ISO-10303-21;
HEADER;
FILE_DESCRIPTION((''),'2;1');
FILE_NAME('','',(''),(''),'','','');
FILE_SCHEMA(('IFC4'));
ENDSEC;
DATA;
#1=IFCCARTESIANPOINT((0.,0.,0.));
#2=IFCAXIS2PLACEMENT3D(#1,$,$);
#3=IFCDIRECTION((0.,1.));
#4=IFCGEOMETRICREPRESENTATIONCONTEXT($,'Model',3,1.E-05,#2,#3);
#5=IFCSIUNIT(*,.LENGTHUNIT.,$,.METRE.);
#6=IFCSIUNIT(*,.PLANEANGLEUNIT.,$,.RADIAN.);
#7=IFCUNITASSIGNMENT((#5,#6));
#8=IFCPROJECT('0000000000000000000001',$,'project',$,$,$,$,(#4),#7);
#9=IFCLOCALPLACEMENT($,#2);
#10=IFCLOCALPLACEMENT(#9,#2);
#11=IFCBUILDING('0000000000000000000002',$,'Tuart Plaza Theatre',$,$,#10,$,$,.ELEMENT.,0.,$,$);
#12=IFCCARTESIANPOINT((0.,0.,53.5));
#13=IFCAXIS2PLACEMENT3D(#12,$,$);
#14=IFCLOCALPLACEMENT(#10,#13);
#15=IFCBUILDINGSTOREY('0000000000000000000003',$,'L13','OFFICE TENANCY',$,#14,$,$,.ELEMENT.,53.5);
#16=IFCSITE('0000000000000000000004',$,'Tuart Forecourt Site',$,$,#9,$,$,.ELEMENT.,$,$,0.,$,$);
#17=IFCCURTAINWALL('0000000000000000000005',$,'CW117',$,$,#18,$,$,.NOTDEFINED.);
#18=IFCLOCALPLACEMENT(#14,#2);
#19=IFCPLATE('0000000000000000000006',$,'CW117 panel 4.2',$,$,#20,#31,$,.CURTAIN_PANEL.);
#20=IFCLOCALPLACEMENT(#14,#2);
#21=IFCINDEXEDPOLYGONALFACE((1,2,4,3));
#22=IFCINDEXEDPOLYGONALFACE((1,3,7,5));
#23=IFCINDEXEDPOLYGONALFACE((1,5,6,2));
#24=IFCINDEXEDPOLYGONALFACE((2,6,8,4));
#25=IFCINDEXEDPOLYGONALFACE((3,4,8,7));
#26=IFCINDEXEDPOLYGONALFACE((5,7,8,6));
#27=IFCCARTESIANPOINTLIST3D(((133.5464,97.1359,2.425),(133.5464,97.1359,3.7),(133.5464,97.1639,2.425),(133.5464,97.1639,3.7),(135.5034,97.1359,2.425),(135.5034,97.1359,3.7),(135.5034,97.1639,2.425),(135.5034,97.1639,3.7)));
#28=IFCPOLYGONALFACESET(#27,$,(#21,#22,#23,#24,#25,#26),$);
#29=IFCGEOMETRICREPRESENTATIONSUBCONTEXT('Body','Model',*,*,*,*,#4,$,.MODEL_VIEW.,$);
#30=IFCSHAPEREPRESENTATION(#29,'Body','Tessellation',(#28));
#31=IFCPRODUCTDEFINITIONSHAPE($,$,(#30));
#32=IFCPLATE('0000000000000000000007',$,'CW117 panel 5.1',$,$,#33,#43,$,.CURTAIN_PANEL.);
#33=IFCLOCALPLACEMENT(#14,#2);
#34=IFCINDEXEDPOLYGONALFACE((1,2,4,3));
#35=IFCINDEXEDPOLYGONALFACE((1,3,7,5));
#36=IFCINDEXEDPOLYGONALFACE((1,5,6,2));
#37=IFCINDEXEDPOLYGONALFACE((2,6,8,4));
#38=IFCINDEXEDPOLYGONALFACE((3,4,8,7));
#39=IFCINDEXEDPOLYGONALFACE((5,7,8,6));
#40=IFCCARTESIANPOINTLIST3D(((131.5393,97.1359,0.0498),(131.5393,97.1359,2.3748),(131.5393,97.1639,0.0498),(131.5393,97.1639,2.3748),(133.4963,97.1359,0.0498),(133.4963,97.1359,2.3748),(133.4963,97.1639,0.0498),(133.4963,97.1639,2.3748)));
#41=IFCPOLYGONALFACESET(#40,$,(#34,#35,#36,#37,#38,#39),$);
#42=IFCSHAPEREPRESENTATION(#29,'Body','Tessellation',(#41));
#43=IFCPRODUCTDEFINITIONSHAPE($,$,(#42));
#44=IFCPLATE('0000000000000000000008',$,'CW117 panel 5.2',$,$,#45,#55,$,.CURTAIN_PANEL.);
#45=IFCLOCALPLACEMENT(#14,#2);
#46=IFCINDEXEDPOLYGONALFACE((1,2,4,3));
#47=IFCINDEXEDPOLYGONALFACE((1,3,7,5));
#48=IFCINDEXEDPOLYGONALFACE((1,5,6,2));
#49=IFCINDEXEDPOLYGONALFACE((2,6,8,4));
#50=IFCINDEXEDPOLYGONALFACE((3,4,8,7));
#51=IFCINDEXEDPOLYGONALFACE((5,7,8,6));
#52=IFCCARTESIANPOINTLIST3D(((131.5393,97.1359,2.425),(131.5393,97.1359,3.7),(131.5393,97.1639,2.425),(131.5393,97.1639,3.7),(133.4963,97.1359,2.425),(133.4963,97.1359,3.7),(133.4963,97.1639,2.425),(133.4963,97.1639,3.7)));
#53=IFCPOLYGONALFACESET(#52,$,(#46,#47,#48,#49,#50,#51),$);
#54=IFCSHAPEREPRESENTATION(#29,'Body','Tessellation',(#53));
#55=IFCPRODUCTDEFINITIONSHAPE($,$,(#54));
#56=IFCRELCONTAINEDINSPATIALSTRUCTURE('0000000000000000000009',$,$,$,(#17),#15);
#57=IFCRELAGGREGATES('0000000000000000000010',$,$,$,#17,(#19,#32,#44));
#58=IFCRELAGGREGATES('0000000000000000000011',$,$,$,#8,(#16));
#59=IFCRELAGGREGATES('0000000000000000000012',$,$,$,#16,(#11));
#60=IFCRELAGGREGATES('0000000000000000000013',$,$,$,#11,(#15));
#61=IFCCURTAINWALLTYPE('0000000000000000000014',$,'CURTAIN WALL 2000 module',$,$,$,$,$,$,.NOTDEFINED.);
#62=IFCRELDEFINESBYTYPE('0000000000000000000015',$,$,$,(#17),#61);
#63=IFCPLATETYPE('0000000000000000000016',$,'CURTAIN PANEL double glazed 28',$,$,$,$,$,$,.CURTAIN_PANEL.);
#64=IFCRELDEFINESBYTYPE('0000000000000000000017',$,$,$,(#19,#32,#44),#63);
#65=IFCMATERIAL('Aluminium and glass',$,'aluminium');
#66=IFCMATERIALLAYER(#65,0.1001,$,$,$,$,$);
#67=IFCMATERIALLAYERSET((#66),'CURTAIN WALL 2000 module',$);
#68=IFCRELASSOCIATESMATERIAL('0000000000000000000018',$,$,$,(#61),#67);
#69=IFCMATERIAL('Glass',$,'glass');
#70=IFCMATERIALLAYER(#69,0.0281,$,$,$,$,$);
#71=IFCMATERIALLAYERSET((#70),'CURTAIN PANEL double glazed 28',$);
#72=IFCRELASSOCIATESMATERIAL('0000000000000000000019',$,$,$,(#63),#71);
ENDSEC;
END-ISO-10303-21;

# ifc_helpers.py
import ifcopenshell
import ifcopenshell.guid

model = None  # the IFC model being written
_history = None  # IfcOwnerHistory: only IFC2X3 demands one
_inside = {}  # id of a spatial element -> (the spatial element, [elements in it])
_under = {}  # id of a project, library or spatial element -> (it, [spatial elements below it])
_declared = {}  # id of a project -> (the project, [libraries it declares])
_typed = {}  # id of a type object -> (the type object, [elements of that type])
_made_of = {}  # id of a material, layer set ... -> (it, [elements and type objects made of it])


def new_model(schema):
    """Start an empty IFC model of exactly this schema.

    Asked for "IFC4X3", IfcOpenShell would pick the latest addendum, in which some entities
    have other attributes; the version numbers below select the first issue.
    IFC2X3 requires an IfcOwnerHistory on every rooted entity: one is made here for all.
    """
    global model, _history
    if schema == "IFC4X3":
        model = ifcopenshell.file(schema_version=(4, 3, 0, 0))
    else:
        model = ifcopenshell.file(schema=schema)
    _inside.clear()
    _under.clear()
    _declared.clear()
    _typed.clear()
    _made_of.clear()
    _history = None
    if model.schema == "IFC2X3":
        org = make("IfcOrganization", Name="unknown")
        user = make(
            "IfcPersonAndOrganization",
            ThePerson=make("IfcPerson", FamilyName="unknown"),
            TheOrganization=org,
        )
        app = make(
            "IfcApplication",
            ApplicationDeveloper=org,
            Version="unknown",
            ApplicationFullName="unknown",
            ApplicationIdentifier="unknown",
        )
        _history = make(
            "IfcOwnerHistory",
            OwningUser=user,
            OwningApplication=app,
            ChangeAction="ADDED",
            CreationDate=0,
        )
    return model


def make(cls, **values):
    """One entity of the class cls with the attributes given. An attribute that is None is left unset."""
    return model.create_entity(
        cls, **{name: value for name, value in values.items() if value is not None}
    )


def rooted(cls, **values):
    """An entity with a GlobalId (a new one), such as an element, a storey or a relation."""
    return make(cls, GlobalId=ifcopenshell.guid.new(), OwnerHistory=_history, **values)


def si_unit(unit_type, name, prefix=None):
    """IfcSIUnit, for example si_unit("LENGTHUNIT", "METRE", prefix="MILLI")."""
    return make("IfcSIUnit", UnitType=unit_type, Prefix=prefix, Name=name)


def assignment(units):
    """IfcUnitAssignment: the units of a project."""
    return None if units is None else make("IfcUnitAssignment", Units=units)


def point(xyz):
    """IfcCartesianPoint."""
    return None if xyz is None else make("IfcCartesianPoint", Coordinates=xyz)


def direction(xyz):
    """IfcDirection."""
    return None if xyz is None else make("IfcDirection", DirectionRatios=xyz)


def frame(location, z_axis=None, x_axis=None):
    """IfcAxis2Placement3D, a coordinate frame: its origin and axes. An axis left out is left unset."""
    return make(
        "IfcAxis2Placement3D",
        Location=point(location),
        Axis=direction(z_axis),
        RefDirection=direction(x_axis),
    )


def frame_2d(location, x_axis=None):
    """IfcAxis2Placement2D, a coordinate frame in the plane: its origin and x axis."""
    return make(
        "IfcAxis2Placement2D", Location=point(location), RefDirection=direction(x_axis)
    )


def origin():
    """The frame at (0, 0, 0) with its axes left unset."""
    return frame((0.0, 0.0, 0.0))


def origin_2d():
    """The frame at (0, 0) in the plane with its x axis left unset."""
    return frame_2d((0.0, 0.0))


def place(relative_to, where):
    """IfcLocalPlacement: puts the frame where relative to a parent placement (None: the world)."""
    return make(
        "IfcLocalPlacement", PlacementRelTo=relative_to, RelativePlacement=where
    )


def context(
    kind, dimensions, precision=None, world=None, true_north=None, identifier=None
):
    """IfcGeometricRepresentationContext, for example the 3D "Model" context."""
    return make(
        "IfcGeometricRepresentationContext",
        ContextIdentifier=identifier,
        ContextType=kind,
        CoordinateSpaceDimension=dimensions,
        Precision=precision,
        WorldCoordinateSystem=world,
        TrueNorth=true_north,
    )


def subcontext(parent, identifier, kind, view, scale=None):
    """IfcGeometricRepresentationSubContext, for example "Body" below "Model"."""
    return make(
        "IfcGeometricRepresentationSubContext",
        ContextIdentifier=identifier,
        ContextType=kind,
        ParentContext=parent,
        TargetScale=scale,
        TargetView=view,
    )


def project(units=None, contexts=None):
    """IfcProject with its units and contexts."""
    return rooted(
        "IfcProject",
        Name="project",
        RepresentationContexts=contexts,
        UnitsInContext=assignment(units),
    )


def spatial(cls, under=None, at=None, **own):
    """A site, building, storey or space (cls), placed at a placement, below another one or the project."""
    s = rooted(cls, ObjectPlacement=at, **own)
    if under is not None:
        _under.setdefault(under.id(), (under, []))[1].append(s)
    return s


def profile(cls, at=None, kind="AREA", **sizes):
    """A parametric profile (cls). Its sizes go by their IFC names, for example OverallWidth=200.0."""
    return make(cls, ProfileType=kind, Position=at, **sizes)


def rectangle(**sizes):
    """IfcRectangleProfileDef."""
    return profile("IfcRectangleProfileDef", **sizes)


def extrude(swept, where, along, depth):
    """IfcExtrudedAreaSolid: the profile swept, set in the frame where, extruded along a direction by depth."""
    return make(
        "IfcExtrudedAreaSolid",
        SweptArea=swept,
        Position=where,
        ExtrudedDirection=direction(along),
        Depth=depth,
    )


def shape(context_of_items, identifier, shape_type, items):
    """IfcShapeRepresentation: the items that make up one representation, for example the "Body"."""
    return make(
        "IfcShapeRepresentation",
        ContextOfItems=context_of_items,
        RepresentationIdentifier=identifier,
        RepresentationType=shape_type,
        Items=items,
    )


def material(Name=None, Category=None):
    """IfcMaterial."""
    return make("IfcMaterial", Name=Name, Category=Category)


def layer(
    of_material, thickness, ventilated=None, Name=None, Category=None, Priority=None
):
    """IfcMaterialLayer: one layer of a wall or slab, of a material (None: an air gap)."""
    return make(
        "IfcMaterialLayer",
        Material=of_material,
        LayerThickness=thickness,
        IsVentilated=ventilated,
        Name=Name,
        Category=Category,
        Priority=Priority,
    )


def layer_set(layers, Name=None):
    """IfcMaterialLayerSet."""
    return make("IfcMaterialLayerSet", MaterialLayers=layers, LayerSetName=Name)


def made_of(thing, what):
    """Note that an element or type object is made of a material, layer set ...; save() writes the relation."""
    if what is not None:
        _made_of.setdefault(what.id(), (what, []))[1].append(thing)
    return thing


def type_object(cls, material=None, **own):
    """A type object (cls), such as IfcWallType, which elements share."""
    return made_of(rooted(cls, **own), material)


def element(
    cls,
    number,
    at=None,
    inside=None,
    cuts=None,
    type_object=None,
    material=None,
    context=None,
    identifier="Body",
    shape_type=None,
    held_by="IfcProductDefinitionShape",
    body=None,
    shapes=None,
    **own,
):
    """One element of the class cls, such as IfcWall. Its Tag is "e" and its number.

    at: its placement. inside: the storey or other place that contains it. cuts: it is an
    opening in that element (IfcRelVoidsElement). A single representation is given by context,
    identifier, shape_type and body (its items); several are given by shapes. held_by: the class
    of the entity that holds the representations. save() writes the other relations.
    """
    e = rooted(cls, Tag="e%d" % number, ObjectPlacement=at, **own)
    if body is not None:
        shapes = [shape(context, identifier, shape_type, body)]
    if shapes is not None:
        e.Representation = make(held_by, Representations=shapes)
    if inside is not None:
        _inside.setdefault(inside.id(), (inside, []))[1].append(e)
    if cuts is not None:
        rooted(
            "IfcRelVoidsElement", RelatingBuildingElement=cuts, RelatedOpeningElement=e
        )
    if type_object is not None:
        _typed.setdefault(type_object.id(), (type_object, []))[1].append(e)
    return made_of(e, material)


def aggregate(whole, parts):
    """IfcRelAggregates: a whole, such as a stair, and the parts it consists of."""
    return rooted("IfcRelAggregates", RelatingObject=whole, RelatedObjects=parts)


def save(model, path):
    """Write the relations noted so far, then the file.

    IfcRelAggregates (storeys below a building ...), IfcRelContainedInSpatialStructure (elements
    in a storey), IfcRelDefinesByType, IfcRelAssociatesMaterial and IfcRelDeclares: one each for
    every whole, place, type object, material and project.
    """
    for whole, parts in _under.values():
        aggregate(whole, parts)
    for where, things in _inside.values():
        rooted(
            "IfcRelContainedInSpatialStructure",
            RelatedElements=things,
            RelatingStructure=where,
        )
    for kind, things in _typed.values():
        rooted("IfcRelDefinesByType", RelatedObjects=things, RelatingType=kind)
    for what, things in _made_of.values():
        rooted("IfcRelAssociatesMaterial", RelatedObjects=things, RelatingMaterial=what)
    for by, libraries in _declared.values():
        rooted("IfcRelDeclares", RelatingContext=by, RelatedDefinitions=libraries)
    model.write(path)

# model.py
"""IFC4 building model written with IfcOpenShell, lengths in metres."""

from ifc_helpers import new_model, si_unit, direction, frame, origin, origin_2d, place, context, subcontext, project, spatial, rectangle, extrude, material, layer, layer_set, type_object, element, aggregate, save


model = new_model("IFC4")

# Units and contexts
model_context = context("Model", 3, precision=1e-05, world=origin(), true_north=direction((0.0, 1.0)))
body_context = subcontext(model_context, "Body", "Model", "MODEL_VIEW")
ifc_project = project(units=[si_unit("LENGTHUNIT", "METRE"), si_unit("PLANEANGLEUNIT", "RADIAN")], contexts=[model_context])

# Site, building, storey
site_placement = place(None, origin())
site = spatial("IfcSite", under=ifc_project, at=site_placement, Name="Tuart Forecourt Site", CompositionType="ELEMENT", RefElevation=0.0)
building_placement = place(site_placement, origin())
building = spatial("IfcBuilding", under=site, at=building_placement, Name="Tuart Plaza Theatre", CompositionType="ELEMENT", ElevationOfRefHeight=0.0)
storey_placement = place(building_placement, frame((0.0, 0.0, 53.5)))
storey = spatial("IfcBuildingStorey", under=building, at=storey_placement, Name="L13", Description="OFFICE TENANCY", CompositionType="ELEMENT", Elevation=53.5)

# Curtain wall, plates
ifc_material_1 = material(Name="Aluminium and glass", Category="aluminium")
ifc_layer_1 = layer(ifc_material_1, 0.1001)
ifc_layer_set_1 = layer_set([ifc_layer_1], Name="CURTAIN WALL 2000 module")
curtain_wall_type = type_object("IfcCurtainWallType", Name="CURTAIN WALL 2000 module", PredefinedType="NOTDEFINED", material=ifc_layer_set_1)
curtain_wall_placement = place(storey_placement, origin())
curtain_wall = element("IfcCurtainWall", 1, at=curtain_wall_placement, inside=storey, type_object=curtain_wall_type, Name="CW117", PredefinedType="NOTDEFINED")
ifc_material_2 = material(Name="Glass", Category="glass")
ifc_layer_2 = layer(ifc_material_2, 0.0281)
ifc_layer_set_2 = layer_set([ifc_layer_2], Name="CURTAIN PANEL double glazed 28")
plate_type = type_object("IfcPlateType", Name="CURTAIN PANEL double glazed 28", PredefinedType="CURTAIN_PANEL", material=ifc_layer_set_2)
plate_1_placement = place(storey_placement, frame((134.5249, 97.1499, 2.425), z_axis=(0.0, 0.0, 1.0), x_axis=(-1.0, 0.0, 0.0)))
plate_1 = element("IfcPlate", 2, at=plate_1_placement, type_object=plate_type, Name="CW117 panel 4.2", PredefinedType="CURTAIN_PANEL", context=body_context, shape_type="SweptSolid", body=[
    extrude(rectangle(XDim=1.957, YDim=0.0281, at=origin_2d()), origin(), (0.0, 0.0, 1.0), 1.2749),
])
plate_2_placement = place(storey_placement, frame((132.5178, 97.1499, 0.0498), z_axis=(0.0, 0.0, 1.0), x_axis=(-1.0, 0.0, 0.0)))
plate_2 = element("IfcPlate", 3, at=plate_2_placement, type_object=plate_type, Name="CW117 panel 5.1", PredefinedType="CURTAIN_PANEL", context=body_context, shape_type="SweptSolid", body=[
    extrude(rectangle(XDim=1.957, YDim=0.0281, at=origin_2d()), origin(), (0.0, 0.0, 1.0), 2.325),
])
plate_3_placement = place(storey_placement, frame((132.5178, 97.1499, 2.425), z_axis=(0.0, 0.0, 1.0), x_axis=(-1.0, 0.0, 0.0)))
plate_3 = element("IfcPlate", 4, at=plate_3_placement, type_object=plate_type, Name="CW117 panel 5.2", PredefinedType="CURTAIN_PANEL", context=body_context, shape_type="SweptSolid", body=[
    extrude(rectangle(XDim=1.957, YDim=0.0281, at=origin_2d()), origin(), (0.0, 0.0, 1.0), 1.2749),
])
aggregate(curtain_wall, [plate_1, plate_2, plate_3])

save(model, "model.ifc")
